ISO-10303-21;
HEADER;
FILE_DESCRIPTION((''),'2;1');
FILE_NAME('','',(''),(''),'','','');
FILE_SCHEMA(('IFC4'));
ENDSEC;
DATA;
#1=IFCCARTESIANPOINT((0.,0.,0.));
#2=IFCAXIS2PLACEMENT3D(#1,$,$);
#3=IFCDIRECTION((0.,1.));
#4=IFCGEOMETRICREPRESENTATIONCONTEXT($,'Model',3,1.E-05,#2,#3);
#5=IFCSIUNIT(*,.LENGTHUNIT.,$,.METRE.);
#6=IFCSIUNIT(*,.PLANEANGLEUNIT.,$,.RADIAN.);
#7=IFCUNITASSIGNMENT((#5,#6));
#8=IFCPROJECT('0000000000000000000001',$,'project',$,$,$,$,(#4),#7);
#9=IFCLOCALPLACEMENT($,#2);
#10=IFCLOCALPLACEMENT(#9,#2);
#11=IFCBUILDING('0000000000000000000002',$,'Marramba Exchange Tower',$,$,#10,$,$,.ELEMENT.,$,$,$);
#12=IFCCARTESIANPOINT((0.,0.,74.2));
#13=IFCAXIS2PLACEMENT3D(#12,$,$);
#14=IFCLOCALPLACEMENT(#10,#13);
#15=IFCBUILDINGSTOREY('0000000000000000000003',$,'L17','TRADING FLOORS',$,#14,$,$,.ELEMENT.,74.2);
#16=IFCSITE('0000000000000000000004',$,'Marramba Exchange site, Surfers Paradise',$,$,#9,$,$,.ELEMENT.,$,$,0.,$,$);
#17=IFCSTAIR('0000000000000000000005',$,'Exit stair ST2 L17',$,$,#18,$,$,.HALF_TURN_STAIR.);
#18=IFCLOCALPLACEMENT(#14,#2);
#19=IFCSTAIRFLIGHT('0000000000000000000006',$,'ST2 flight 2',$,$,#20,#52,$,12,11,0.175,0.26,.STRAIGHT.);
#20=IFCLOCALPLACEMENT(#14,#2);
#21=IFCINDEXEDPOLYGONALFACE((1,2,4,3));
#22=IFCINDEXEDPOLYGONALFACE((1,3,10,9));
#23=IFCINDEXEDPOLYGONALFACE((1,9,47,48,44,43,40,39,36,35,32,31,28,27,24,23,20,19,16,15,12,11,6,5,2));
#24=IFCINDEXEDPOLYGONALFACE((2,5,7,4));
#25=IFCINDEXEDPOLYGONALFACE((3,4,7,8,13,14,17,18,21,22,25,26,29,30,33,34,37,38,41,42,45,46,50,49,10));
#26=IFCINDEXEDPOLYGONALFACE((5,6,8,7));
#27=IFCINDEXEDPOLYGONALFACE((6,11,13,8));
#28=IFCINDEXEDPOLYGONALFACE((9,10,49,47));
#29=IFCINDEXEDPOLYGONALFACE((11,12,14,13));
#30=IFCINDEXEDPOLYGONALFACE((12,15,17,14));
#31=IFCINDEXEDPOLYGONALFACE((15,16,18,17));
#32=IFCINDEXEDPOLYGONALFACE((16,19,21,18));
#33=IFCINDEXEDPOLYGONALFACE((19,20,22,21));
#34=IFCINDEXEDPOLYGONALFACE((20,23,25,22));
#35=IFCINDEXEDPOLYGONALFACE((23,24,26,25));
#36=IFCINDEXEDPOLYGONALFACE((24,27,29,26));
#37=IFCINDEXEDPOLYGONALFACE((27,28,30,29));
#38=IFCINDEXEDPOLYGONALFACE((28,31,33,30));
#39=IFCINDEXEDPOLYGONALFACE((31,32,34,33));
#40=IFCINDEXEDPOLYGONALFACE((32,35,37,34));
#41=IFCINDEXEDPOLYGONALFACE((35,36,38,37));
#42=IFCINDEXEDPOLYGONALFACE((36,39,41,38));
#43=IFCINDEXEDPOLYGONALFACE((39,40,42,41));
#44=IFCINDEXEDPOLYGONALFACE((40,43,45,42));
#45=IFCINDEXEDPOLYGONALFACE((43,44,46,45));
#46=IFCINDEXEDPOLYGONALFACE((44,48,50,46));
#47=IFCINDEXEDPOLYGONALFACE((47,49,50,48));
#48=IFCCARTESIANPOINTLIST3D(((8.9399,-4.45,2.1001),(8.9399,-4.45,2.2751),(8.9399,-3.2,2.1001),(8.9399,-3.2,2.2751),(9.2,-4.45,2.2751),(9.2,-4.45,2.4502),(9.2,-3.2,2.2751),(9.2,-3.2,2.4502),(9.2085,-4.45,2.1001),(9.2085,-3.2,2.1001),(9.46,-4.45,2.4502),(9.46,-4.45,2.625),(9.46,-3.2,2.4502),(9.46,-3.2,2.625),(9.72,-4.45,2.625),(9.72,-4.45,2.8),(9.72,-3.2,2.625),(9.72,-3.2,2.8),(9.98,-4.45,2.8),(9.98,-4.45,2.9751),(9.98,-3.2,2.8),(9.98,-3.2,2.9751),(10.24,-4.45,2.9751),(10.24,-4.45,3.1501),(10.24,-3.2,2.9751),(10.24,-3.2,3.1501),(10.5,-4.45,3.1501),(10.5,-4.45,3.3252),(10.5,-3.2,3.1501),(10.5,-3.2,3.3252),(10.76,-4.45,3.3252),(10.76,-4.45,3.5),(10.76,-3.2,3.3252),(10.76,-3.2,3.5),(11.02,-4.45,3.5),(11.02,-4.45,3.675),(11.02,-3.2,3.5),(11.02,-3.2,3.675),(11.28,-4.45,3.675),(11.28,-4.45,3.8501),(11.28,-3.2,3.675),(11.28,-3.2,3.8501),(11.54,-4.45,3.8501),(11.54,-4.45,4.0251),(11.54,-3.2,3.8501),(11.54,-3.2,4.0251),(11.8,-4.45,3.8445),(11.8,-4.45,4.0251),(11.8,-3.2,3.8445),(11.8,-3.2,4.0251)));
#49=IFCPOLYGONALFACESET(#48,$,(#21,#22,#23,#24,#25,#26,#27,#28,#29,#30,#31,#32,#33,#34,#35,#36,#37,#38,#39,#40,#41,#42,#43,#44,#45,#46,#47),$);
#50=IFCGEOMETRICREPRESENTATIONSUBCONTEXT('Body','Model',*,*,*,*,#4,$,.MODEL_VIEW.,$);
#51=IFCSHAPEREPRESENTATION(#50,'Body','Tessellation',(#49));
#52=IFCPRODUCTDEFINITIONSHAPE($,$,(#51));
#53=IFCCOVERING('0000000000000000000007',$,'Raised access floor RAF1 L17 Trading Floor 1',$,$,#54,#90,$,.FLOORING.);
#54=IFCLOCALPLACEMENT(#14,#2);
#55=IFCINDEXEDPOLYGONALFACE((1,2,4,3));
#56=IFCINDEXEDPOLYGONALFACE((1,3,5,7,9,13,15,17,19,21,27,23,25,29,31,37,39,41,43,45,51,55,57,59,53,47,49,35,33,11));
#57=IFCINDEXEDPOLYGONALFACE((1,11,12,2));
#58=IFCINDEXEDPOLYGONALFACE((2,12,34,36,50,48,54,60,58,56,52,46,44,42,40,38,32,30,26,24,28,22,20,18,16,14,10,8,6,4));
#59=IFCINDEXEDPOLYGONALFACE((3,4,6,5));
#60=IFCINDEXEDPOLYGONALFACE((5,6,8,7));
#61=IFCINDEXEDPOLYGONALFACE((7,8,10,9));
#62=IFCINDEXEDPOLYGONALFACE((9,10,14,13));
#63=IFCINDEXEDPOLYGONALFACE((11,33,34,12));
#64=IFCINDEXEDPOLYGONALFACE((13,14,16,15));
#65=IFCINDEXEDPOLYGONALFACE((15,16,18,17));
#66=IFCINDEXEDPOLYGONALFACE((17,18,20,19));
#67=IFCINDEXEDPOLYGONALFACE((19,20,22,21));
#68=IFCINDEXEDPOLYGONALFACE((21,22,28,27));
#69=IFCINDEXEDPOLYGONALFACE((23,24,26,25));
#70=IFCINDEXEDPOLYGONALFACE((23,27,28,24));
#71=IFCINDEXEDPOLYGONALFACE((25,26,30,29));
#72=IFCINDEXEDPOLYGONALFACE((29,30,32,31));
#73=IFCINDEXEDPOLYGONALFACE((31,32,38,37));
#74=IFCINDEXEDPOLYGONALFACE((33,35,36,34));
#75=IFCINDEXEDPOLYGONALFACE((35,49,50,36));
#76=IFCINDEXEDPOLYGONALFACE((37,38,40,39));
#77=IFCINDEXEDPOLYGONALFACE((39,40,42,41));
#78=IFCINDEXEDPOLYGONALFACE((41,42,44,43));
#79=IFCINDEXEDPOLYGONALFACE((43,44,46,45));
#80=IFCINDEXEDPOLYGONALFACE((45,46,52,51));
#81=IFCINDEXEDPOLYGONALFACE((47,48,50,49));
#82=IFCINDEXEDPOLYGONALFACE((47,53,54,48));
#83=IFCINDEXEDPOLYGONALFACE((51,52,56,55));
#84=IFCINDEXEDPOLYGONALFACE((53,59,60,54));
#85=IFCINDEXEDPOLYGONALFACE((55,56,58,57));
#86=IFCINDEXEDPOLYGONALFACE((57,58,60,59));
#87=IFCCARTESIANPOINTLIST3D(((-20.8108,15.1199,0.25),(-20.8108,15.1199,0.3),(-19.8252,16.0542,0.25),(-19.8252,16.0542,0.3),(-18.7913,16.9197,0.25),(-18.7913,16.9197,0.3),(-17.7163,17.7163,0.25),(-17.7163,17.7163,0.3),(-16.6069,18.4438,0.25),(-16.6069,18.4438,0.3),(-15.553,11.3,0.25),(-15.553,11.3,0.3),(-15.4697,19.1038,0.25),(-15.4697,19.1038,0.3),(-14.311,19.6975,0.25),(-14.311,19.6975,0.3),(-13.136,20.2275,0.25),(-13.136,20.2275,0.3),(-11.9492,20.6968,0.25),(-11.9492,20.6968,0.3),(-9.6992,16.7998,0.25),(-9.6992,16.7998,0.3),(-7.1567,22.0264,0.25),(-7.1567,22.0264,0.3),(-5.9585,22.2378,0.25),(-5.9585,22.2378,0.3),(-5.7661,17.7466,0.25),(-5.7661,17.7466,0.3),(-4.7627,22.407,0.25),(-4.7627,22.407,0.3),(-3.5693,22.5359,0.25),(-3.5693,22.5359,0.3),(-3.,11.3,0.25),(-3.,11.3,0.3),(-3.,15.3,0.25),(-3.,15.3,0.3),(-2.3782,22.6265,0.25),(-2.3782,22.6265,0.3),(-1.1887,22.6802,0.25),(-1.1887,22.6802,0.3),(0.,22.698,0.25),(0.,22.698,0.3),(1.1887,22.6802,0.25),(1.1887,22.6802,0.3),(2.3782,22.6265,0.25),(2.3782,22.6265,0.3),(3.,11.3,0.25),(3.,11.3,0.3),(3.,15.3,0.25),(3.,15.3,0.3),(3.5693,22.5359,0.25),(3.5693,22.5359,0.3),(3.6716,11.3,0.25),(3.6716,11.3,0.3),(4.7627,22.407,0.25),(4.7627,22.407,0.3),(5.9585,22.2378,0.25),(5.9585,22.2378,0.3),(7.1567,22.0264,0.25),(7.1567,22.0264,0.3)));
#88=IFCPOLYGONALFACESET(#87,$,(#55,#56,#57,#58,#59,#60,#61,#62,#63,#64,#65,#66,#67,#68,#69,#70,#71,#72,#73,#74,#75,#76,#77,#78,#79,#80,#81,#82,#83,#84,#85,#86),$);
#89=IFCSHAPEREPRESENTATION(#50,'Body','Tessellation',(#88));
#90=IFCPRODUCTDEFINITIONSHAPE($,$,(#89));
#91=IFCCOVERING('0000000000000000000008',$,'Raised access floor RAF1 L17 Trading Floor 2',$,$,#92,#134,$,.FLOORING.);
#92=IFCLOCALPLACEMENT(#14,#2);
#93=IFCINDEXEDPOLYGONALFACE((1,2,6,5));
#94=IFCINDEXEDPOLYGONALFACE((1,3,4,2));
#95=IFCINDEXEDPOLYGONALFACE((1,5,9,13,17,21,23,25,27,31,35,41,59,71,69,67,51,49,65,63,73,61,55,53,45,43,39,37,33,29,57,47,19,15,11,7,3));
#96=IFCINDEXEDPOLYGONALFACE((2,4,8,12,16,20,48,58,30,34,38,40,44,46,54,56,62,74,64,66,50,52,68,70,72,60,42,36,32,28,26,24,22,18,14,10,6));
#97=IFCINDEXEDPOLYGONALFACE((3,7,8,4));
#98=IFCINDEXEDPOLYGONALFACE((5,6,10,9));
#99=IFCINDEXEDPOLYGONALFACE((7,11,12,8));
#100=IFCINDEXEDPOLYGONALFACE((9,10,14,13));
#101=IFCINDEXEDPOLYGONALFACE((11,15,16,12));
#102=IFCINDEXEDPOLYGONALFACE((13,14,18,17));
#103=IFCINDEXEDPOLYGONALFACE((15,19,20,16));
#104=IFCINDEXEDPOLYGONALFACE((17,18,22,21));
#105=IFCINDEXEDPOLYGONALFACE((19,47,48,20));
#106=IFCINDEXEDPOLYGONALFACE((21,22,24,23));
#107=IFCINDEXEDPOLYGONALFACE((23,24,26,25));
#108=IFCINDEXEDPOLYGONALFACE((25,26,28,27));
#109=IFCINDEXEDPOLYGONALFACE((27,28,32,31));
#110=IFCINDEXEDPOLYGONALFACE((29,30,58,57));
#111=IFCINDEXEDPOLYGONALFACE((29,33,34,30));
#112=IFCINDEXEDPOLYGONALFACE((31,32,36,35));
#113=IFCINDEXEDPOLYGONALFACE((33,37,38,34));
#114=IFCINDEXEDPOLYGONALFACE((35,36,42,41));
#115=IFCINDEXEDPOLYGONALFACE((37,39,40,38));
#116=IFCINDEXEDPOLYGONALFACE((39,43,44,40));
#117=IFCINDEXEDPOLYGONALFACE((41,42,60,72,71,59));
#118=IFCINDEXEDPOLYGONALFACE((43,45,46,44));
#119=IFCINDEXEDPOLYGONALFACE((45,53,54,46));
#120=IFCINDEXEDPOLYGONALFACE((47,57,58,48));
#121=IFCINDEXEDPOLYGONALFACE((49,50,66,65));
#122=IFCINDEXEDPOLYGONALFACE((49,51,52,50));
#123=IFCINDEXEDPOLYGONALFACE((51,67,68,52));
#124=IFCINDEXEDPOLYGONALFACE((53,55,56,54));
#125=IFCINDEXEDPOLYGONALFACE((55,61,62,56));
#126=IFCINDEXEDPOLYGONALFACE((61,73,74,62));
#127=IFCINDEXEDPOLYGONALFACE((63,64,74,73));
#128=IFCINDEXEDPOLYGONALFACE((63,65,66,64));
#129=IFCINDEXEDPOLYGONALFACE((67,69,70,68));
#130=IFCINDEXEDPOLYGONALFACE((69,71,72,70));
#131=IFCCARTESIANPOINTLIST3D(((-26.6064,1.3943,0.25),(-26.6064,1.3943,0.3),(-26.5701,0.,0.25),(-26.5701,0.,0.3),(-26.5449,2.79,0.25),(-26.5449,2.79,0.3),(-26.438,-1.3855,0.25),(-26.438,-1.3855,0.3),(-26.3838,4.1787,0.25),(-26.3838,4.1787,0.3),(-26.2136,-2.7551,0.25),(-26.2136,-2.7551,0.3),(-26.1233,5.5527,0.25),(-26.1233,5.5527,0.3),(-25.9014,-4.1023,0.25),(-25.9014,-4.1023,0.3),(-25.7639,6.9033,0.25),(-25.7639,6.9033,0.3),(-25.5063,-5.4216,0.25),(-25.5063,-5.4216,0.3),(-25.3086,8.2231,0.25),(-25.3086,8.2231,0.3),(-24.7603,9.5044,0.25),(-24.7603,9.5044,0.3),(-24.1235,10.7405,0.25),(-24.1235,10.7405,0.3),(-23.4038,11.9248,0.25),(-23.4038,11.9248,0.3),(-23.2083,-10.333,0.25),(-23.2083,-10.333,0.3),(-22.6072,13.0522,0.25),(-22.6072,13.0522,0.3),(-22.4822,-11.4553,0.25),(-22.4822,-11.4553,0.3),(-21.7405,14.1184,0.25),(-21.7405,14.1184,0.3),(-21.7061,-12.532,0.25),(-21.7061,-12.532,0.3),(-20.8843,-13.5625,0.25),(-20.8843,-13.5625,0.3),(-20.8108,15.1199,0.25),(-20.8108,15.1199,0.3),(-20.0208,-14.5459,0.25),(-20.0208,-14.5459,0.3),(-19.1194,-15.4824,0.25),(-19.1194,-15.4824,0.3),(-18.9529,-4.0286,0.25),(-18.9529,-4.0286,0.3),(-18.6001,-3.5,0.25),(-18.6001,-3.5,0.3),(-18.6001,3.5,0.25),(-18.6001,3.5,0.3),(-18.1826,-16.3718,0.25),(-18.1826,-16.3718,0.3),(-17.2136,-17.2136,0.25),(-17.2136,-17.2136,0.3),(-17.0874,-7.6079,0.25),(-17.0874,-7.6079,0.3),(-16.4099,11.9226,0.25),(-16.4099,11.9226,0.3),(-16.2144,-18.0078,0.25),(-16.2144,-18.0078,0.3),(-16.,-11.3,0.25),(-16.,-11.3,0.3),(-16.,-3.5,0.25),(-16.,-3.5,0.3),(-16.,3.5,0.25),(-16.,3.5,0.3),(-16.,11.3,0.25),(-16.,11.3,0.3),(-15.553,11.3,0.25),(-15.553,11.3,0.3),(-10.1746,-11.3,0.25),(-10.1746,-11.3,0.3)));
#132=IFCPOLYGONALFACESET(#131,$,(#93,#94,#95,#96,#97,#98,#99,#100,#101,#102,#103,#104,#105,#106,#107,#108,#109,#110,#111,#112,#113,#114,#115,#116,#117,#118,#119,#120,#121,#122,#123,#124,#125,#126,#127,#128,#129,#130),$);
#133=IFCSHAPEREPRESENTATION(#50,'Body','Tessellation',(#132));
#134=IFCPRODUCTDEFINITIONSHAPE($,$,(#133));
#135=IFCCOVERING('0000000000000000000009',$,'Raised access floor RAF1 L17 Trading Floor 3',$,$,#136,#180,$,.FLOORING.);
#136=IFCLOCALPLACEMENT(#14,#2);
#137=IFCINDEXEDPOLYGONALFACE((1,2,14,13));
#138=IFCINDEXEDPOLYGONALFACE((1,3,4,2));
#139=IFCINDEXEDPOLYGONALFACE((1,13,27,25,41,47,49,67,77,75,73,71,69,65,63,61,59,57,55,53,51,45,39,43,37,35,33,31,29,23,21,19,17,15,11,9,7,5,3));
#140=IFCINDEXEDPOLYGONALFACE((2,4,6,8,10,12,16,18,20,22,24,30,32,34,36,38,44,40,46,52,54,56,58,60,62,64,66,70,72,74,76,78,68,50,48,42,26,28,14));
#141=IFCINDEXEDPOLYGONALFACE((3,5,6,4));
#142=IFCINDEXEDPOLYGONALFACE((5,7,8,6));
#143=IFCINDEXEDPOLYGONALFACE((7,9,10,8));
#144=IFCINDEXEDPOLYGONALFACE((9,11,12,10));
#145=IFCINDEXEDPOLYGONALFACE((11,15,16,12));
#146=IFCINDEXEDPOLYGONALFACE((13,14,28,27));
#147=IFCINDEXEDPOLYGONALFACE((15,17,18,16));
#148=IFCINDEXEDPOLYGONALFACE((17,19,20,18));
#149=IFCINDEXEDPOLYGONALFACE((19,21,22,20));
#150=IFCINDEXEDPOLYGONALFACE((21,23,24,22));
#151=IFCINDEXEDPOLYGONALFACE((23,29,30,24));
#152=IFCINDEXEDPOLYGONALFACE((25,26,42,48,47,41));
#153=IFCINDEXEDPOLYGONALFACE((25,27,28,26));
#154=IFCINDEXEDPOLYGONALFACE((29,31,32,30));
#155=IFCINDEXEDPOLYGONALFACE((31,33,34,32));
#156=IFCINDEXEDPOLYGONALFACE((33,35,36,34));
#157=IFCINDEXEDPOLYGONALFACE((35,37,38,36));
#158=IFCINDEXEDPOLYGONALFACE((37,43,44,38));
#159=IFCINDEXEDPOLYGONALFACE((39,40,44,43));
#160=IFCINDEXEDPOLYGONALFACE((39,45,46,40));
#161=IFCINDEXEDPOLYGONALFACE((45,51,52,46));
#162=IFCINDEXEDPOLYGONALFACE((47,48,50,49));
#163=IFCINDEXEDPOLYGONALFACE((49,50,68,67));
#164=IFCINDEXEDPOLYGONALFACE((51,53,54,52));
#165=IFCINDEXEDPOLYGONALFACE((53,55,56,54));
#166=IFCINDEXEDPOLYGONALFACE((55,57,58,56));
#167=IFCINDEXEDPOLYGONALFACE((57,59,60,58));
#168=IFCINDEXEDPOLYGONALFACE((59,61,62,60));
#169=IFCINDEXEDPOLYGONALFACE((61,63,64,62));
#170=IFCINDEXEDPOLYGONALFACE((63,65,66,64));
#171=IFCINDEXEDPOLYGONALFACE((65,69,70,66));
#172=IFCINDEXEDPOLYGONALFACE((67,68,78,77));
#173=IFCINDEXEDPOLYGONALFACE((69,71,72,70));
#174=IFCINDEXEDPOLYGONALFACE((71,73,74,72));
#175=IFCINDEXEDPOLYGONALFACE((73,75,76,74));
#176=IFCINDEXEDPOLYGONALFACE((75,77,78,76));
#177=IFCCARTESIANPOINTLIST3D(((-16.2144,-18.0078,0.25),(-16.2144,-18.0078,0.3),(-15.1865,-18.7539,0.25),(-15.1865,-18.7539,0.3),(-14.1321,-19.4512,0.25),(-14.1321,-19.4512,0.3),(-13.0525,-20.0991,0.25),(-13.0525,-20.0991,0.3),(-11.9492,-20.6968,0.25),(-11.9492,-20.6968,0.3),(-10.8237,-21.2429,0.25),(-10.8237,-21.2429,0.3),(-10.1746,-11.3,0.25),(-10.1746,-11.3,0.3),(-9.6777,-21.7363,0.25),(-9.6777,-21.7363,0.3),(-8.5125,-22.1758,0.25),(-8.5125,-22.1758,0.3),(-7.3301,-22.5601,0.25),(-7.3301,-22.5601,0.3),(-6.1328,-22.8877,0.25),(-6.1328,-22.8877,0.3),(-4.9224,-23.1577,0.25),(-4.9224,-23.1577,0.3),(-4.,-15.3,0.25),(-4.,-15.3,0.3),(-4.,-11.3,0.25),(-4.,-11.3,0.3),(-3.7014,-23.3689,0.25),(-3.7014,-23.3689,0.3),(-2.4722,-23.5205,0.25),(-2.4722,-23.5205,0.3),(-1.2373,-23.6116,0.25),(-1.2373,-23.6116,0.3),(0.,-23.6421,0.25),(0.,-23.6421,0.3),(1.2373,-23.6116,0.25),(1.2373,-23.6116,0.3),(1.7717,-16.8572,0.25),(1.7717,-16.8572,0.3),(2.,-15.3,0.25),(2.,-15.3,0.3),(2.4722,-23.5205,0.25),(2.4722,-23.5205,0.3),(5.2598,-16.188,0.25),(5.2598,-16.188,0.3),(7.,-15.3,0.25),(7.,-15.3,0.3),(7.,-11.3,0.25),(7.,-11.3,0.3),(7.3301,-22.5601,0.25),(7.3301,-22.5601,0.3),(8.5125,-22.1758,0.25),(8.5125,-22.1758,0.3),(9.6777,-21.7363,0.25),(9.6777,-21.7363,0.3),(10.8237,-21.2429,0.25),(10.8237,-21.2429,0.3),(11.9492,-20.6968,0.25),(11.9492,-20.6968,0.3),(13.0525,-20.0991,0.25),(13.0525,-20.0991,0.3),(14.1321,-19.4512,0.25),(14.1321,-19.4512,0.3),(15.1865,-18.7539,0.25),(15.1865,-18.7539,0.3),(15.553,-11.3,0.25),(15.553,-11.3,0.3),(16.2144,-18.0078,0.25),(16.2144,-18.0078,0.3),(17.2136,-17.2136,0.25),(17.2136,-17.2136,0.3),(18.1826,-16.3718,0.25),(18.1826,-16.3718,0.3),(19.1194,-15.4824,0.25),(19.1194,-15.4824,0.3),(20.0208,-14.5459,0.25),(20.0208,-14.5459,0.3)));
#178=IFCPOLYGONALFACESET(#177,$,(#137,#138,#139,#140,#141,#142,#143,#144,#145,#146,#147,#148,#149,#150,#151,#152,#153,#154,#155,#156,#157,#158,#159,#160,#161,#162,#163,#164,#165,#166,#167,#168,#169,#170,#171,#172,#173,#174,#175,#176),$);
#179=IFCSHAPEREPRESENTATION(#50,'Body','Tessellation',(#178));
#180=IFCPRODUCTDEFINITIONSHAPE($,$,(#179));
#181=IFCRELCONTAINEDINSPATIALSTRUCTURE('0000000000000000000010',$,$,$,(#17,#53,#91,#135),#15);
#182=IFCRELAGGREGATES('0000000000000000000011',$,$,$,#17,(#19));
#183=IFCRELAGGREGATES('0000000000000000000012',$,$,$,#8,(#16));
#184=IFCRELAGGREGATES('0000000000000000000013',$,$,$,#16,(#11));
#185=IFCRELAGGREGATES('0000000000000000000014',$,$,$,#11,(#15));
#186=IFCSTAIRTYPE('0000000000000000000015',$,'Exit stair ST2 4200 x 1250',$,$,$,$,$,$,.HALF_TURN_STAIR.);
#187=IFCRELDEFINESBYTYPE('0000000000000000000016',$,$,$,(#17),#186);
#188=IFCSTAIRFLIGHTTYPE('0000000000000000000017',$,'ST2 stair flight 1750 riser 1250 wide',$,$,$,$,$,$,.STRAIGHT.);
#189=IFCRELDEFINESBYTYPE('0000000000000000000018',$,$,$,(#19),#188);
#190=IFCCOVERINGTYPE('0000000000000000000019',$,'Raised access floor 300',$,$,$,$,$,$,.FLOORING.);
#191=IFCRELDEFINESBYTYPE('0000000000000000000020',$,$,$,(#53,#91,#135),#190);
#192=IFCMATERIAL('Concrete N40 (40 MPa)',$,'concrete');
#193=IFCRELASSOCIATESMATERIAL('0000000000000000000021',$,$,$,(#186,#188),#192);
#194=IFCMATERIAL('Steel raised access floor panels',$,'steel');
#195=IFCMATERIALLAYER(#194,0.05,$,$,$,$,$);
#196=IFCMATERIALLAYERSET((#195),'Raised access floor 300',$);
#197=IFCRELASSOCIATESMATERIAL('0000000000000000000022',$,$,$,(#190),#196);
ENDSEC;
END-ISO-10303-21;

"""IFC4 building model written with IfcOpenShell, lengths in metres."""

from ifc_helpers import new_model, si_unit, direction, frame, origin, place, context, subcontext, project, spatial, polyline, outline, extrude, material, layer, layer_set, type_object, element, aggregate, save


model = new_model("IFC4")

# Units and contexts
model_context = context("Model", 3, precision=1e-05, world=origin(), true_north=direction((0.0, 1.0)))
body_context = subcontext(model_context, "Body", "Model", "MODEL_VIEW")
ifc_project = project(units=[si_unit("LENGTHUNIT", "METRE"), si_unit("PLANEANGLEUNIT", "RADIAN")], contexts=[model_context])

# Site, building, storey
site_placement = place(None, origin())
site = spatial("IfcSite", under=ifc_project, at=site_placement, Name="Marramba Exchange site, Surfers Paradise", CompositionType="ELEMENT", RefElevation=0.0)
building_placement = place(site_placement, origin())
building = spatial("IfcBuilding", under=site, at=building_placement, Name="Marramba Exchange Tower", CompositionType="ELEMENT")
storey_placement = place(building_placement, frame((0.0, 0.0, 74.2)))
storey = spatial("IfcBuildingStorey", under=building, at=storey_placement, Name="L17", Description="TRADING FLOORS", CompositionType="ELEMENT", Elevation=74.2)

# Stair
ifc_material_1 = material(Name="Concrete N40 (40 MPa)", Category="concrete")
stair_type = type_object("IfcStairType", Name="Exit stair ST2 4200 x 1250", PredefinedType="HALF_TURN_STAIR", material=ifc_material_1)
stair_placement = place(storey_placement, origin())
stair = element("IfcStair", 1, at=stair_placement, inside=storey, type_object=stair_type, Name="Exit stair ST2 L17", PredefinedType="HALF_TURN_STAIR")

# Stair flight
stair_flight_type = type_object("IfcStairFlightType", Name="ST2 stair flight 1750 riser 1250 wide", PredefinedType="STRAIGHT", material=ifc_material_1)
stair_flight_placement = place(storey_placement, frame((8.9399, -3.825, 2.1001), z_axis=(0.0, 0.0, 1.0), x_axis=(1.0, 0.0, 0.0)))
stair_flight = element("IfcStairFlight", 2, at=stair_flight_placement, type_object=stair_flight_type, Name="ST2 flight 2", NumberOfRisers=12, NumberOfTreads=11, PredefinedType="STRAIGHT", RiserHeight=0.175, TreadLength=0.26, context=body_context, shape_type="SweptSolid", body=[
    extrude(outline(polyline([(0.0, 0.0), (0.0, 0.175), (0.26, 0.175), (0.26, 0.3501), (0.52, 0.3501), (0.52, 0.5249), (0.78, 0.5249), (0.78, 0.7), (1.04, 0.7), (1.04, 0.875), (1.3, 0.875), (1.3, 1.05), (1.5601, 1.05), (1.5601, 1.2251), (1.8201, 1.2251), (1.8201, 1.3999), (2.0801, 1.3999), (2.0801, 1.575), (2.3401, 1.575), (2.3401, 1.75), (2.6001, 1.75), (2.6001, 1.925), (2.8601, 1.925), (2.8601, 2.1001), (2.8601, 1.7444), (0.2686, 0.0), (0.0, 0.0)])), frame((0.0, 0.625, 0.0), z_axis=(0.0, -1.0, 0.0), x_axis=(1.0, 0.0, 0.0)), (0.0, 0.0, 1.0), 1.25),
])
aggregate(stair, [stair_flight])

# Coverings
ifc_material_2 = material(Name="Steel raised access floor panels", Category="steel")
ifc_layer_1 = layer(ifc_material_2, 0.05)
ifc_layer_set_1 = layer_set([ifc_layer_1], Name="Raised access floor 300")
covering_type_1 = type_object("IfcCoveringType", Name="Raised access floor 300", PredefinedType="FLOORING", material=ifc_layer_set_1)
covering_1_placement = place(storey_placement, frame((0.0, 0.0, 0.25)))
element("IfcCovering", 3, at=covering_1_placement, inside=storey, type_object=covering_type_1, Name="Raised access floor RAF1 L17 Trading Floor 1", PredefinedType="FLOORING", context=body_context, shape_type="SweptSolid", body=[
    extrude(outline(polyline([(-20.8108, 15.1199), (-19.8252, 16.0542), (-18.7913, 16.9197), (-17.7163, 17.7163), (-16.6069, 18.4438), (-15.4697, 19.1038), (-14.311, 19.6975), (-13.136, 20.2275), (-11.9492, 20.6968), (-9.6992, 16.7998), (-5.7661, 17.7466), (-7.1567, 22.0264), (-5.9585, 22.2378), (-4.7627, 22.407), (-3.5693, 22.5359), (-2.3782, 22.6265), (-1.1887, 22.6802), (0.0, 22.698), (1.1887, 22.6802), (2.3782, 22.6265), (3.5693, 22.5359), (4.7627, 22.407), (5.9585, 22.2378), (7.1567, 22.0264), (3.6716, 11.3), (3.0, 11.3), (3.0, 15.3), (-3.0, 15.3), (-3.0, 11.3), (-15.553, 11.3), (-20.8108, 15.1199)])), origin(), (0.0, 0.0, 1.0), 0.05),
])
covering_2_placement = place(storey_placement, frame((0.0, 0.0, 0.25)))
element("IfcCovering", 4, at=covering_2_placement, inside=storey, type_object=covering_type_1, Name="Raised access floor RAF1 L17 Trading Floor 2", PredefinedType="FLOORING", context=body_context, shape_type="SweptSolid", body=[
    extrude(outline(polyline([(-16.0, 3.5), (-18.6001, 3.5), (-18.6001, -3.5), (-16.0, -3.5), (-16.0, -11.3), (-10.1746, -11.3), (-16.2144, -18.0078), (-17.2136, -17.2136), (-18.1826, -16.3718), (-19.1194, -15.4824), (-20.0208, -14.5459), (-20.8843, -13.5625), (-21.7061, -12.532), (-22.4822, -11.4553), (-23.2083, -10.333), (-17.0874, -7.6079), (-18.9529, -4.0286), (-25.5063, -5.4216), (-25.9014, -4.1023), (-26.2136, -2.7551), (-26.438, -1.3855), (-26.5701, 0.0), (-26.6064, 1.3943), (-26.5449, 2.79), (-26.3838, 4.1787), (-26.1233, 5.5527), (-25.7639, 6.9033), (-25.3086, 8.2231), (-24.7603, 9.5044), (-24.1235, 10.7405), (-23.4038, 11.9248), (-22.6072, 13.0522), (-21.7405, 14.1184), (-20.8108, 15.1199), (-16.4099, 11.9226), (-15.553, 11.3), (-16.0, 11.3), (-16.0, 3.5)])), origin(), (0.0, 0.0, 1.0), 0.05),
])
covering_3_placement = place(storey_placement, frame((0.0, 0.0, 0.25)))
element("IfcCovering", 5, at=covering_3_placement, inside=storey, type_object=covering_type_1, Name="Raised access floor RAF1 L17 Trading Floor 3", PredefinedType="FLOORING", context=body_context, shape_type="SweptSolid", body=[
    extrude(outline(polyline([(20.0208, -14.5459), (19.1194, -15.4824), (18.1826, -16.3718), (17.2136, -17.2136), (16.2144, -18.0078), (15.1865, -18.7539), (14.1321, -19.4512), (13.0525, -20.0991), (11.9492, -20.6968), (10.8237, -21.2429), (9.6777, -21.7363), (8.5125, -22.1758), (7.3301, -22.5601), (5.2598, -16.188), (1.7717, -16.8572), (2.4722, -23.5205), (1.2373, -23.6116), (0.0, -23.6421), (-1.2373, -23.6116), (-2.4722, -23.5205), (-3.7014, -23.3689), (-4.9224, -23.1577), (-6.1328, -22.8877), (-7.3301, -22.5601), (-8.5125, -22.1758), (-9.6777, -21.7363), (-10.8237, -21.2429), (-11.9492, -20.6968), (-13.0525, -20.0991), (-14.1321, -19.4512), (-15.1865, -18.7539), (-16.2144, -18.0078), (-10.1746, -11.3), (-4.0, -11.3), (-4.0, -15.3), (2.0, -15.3), (7.0, -15.3), (7.0, -11.3), (15.553, -11.3), (20.0208, -14.5459)])), origin(), (0.0, 0.0, 1.0), 0.05),
])

save(model, "model.ifc")
